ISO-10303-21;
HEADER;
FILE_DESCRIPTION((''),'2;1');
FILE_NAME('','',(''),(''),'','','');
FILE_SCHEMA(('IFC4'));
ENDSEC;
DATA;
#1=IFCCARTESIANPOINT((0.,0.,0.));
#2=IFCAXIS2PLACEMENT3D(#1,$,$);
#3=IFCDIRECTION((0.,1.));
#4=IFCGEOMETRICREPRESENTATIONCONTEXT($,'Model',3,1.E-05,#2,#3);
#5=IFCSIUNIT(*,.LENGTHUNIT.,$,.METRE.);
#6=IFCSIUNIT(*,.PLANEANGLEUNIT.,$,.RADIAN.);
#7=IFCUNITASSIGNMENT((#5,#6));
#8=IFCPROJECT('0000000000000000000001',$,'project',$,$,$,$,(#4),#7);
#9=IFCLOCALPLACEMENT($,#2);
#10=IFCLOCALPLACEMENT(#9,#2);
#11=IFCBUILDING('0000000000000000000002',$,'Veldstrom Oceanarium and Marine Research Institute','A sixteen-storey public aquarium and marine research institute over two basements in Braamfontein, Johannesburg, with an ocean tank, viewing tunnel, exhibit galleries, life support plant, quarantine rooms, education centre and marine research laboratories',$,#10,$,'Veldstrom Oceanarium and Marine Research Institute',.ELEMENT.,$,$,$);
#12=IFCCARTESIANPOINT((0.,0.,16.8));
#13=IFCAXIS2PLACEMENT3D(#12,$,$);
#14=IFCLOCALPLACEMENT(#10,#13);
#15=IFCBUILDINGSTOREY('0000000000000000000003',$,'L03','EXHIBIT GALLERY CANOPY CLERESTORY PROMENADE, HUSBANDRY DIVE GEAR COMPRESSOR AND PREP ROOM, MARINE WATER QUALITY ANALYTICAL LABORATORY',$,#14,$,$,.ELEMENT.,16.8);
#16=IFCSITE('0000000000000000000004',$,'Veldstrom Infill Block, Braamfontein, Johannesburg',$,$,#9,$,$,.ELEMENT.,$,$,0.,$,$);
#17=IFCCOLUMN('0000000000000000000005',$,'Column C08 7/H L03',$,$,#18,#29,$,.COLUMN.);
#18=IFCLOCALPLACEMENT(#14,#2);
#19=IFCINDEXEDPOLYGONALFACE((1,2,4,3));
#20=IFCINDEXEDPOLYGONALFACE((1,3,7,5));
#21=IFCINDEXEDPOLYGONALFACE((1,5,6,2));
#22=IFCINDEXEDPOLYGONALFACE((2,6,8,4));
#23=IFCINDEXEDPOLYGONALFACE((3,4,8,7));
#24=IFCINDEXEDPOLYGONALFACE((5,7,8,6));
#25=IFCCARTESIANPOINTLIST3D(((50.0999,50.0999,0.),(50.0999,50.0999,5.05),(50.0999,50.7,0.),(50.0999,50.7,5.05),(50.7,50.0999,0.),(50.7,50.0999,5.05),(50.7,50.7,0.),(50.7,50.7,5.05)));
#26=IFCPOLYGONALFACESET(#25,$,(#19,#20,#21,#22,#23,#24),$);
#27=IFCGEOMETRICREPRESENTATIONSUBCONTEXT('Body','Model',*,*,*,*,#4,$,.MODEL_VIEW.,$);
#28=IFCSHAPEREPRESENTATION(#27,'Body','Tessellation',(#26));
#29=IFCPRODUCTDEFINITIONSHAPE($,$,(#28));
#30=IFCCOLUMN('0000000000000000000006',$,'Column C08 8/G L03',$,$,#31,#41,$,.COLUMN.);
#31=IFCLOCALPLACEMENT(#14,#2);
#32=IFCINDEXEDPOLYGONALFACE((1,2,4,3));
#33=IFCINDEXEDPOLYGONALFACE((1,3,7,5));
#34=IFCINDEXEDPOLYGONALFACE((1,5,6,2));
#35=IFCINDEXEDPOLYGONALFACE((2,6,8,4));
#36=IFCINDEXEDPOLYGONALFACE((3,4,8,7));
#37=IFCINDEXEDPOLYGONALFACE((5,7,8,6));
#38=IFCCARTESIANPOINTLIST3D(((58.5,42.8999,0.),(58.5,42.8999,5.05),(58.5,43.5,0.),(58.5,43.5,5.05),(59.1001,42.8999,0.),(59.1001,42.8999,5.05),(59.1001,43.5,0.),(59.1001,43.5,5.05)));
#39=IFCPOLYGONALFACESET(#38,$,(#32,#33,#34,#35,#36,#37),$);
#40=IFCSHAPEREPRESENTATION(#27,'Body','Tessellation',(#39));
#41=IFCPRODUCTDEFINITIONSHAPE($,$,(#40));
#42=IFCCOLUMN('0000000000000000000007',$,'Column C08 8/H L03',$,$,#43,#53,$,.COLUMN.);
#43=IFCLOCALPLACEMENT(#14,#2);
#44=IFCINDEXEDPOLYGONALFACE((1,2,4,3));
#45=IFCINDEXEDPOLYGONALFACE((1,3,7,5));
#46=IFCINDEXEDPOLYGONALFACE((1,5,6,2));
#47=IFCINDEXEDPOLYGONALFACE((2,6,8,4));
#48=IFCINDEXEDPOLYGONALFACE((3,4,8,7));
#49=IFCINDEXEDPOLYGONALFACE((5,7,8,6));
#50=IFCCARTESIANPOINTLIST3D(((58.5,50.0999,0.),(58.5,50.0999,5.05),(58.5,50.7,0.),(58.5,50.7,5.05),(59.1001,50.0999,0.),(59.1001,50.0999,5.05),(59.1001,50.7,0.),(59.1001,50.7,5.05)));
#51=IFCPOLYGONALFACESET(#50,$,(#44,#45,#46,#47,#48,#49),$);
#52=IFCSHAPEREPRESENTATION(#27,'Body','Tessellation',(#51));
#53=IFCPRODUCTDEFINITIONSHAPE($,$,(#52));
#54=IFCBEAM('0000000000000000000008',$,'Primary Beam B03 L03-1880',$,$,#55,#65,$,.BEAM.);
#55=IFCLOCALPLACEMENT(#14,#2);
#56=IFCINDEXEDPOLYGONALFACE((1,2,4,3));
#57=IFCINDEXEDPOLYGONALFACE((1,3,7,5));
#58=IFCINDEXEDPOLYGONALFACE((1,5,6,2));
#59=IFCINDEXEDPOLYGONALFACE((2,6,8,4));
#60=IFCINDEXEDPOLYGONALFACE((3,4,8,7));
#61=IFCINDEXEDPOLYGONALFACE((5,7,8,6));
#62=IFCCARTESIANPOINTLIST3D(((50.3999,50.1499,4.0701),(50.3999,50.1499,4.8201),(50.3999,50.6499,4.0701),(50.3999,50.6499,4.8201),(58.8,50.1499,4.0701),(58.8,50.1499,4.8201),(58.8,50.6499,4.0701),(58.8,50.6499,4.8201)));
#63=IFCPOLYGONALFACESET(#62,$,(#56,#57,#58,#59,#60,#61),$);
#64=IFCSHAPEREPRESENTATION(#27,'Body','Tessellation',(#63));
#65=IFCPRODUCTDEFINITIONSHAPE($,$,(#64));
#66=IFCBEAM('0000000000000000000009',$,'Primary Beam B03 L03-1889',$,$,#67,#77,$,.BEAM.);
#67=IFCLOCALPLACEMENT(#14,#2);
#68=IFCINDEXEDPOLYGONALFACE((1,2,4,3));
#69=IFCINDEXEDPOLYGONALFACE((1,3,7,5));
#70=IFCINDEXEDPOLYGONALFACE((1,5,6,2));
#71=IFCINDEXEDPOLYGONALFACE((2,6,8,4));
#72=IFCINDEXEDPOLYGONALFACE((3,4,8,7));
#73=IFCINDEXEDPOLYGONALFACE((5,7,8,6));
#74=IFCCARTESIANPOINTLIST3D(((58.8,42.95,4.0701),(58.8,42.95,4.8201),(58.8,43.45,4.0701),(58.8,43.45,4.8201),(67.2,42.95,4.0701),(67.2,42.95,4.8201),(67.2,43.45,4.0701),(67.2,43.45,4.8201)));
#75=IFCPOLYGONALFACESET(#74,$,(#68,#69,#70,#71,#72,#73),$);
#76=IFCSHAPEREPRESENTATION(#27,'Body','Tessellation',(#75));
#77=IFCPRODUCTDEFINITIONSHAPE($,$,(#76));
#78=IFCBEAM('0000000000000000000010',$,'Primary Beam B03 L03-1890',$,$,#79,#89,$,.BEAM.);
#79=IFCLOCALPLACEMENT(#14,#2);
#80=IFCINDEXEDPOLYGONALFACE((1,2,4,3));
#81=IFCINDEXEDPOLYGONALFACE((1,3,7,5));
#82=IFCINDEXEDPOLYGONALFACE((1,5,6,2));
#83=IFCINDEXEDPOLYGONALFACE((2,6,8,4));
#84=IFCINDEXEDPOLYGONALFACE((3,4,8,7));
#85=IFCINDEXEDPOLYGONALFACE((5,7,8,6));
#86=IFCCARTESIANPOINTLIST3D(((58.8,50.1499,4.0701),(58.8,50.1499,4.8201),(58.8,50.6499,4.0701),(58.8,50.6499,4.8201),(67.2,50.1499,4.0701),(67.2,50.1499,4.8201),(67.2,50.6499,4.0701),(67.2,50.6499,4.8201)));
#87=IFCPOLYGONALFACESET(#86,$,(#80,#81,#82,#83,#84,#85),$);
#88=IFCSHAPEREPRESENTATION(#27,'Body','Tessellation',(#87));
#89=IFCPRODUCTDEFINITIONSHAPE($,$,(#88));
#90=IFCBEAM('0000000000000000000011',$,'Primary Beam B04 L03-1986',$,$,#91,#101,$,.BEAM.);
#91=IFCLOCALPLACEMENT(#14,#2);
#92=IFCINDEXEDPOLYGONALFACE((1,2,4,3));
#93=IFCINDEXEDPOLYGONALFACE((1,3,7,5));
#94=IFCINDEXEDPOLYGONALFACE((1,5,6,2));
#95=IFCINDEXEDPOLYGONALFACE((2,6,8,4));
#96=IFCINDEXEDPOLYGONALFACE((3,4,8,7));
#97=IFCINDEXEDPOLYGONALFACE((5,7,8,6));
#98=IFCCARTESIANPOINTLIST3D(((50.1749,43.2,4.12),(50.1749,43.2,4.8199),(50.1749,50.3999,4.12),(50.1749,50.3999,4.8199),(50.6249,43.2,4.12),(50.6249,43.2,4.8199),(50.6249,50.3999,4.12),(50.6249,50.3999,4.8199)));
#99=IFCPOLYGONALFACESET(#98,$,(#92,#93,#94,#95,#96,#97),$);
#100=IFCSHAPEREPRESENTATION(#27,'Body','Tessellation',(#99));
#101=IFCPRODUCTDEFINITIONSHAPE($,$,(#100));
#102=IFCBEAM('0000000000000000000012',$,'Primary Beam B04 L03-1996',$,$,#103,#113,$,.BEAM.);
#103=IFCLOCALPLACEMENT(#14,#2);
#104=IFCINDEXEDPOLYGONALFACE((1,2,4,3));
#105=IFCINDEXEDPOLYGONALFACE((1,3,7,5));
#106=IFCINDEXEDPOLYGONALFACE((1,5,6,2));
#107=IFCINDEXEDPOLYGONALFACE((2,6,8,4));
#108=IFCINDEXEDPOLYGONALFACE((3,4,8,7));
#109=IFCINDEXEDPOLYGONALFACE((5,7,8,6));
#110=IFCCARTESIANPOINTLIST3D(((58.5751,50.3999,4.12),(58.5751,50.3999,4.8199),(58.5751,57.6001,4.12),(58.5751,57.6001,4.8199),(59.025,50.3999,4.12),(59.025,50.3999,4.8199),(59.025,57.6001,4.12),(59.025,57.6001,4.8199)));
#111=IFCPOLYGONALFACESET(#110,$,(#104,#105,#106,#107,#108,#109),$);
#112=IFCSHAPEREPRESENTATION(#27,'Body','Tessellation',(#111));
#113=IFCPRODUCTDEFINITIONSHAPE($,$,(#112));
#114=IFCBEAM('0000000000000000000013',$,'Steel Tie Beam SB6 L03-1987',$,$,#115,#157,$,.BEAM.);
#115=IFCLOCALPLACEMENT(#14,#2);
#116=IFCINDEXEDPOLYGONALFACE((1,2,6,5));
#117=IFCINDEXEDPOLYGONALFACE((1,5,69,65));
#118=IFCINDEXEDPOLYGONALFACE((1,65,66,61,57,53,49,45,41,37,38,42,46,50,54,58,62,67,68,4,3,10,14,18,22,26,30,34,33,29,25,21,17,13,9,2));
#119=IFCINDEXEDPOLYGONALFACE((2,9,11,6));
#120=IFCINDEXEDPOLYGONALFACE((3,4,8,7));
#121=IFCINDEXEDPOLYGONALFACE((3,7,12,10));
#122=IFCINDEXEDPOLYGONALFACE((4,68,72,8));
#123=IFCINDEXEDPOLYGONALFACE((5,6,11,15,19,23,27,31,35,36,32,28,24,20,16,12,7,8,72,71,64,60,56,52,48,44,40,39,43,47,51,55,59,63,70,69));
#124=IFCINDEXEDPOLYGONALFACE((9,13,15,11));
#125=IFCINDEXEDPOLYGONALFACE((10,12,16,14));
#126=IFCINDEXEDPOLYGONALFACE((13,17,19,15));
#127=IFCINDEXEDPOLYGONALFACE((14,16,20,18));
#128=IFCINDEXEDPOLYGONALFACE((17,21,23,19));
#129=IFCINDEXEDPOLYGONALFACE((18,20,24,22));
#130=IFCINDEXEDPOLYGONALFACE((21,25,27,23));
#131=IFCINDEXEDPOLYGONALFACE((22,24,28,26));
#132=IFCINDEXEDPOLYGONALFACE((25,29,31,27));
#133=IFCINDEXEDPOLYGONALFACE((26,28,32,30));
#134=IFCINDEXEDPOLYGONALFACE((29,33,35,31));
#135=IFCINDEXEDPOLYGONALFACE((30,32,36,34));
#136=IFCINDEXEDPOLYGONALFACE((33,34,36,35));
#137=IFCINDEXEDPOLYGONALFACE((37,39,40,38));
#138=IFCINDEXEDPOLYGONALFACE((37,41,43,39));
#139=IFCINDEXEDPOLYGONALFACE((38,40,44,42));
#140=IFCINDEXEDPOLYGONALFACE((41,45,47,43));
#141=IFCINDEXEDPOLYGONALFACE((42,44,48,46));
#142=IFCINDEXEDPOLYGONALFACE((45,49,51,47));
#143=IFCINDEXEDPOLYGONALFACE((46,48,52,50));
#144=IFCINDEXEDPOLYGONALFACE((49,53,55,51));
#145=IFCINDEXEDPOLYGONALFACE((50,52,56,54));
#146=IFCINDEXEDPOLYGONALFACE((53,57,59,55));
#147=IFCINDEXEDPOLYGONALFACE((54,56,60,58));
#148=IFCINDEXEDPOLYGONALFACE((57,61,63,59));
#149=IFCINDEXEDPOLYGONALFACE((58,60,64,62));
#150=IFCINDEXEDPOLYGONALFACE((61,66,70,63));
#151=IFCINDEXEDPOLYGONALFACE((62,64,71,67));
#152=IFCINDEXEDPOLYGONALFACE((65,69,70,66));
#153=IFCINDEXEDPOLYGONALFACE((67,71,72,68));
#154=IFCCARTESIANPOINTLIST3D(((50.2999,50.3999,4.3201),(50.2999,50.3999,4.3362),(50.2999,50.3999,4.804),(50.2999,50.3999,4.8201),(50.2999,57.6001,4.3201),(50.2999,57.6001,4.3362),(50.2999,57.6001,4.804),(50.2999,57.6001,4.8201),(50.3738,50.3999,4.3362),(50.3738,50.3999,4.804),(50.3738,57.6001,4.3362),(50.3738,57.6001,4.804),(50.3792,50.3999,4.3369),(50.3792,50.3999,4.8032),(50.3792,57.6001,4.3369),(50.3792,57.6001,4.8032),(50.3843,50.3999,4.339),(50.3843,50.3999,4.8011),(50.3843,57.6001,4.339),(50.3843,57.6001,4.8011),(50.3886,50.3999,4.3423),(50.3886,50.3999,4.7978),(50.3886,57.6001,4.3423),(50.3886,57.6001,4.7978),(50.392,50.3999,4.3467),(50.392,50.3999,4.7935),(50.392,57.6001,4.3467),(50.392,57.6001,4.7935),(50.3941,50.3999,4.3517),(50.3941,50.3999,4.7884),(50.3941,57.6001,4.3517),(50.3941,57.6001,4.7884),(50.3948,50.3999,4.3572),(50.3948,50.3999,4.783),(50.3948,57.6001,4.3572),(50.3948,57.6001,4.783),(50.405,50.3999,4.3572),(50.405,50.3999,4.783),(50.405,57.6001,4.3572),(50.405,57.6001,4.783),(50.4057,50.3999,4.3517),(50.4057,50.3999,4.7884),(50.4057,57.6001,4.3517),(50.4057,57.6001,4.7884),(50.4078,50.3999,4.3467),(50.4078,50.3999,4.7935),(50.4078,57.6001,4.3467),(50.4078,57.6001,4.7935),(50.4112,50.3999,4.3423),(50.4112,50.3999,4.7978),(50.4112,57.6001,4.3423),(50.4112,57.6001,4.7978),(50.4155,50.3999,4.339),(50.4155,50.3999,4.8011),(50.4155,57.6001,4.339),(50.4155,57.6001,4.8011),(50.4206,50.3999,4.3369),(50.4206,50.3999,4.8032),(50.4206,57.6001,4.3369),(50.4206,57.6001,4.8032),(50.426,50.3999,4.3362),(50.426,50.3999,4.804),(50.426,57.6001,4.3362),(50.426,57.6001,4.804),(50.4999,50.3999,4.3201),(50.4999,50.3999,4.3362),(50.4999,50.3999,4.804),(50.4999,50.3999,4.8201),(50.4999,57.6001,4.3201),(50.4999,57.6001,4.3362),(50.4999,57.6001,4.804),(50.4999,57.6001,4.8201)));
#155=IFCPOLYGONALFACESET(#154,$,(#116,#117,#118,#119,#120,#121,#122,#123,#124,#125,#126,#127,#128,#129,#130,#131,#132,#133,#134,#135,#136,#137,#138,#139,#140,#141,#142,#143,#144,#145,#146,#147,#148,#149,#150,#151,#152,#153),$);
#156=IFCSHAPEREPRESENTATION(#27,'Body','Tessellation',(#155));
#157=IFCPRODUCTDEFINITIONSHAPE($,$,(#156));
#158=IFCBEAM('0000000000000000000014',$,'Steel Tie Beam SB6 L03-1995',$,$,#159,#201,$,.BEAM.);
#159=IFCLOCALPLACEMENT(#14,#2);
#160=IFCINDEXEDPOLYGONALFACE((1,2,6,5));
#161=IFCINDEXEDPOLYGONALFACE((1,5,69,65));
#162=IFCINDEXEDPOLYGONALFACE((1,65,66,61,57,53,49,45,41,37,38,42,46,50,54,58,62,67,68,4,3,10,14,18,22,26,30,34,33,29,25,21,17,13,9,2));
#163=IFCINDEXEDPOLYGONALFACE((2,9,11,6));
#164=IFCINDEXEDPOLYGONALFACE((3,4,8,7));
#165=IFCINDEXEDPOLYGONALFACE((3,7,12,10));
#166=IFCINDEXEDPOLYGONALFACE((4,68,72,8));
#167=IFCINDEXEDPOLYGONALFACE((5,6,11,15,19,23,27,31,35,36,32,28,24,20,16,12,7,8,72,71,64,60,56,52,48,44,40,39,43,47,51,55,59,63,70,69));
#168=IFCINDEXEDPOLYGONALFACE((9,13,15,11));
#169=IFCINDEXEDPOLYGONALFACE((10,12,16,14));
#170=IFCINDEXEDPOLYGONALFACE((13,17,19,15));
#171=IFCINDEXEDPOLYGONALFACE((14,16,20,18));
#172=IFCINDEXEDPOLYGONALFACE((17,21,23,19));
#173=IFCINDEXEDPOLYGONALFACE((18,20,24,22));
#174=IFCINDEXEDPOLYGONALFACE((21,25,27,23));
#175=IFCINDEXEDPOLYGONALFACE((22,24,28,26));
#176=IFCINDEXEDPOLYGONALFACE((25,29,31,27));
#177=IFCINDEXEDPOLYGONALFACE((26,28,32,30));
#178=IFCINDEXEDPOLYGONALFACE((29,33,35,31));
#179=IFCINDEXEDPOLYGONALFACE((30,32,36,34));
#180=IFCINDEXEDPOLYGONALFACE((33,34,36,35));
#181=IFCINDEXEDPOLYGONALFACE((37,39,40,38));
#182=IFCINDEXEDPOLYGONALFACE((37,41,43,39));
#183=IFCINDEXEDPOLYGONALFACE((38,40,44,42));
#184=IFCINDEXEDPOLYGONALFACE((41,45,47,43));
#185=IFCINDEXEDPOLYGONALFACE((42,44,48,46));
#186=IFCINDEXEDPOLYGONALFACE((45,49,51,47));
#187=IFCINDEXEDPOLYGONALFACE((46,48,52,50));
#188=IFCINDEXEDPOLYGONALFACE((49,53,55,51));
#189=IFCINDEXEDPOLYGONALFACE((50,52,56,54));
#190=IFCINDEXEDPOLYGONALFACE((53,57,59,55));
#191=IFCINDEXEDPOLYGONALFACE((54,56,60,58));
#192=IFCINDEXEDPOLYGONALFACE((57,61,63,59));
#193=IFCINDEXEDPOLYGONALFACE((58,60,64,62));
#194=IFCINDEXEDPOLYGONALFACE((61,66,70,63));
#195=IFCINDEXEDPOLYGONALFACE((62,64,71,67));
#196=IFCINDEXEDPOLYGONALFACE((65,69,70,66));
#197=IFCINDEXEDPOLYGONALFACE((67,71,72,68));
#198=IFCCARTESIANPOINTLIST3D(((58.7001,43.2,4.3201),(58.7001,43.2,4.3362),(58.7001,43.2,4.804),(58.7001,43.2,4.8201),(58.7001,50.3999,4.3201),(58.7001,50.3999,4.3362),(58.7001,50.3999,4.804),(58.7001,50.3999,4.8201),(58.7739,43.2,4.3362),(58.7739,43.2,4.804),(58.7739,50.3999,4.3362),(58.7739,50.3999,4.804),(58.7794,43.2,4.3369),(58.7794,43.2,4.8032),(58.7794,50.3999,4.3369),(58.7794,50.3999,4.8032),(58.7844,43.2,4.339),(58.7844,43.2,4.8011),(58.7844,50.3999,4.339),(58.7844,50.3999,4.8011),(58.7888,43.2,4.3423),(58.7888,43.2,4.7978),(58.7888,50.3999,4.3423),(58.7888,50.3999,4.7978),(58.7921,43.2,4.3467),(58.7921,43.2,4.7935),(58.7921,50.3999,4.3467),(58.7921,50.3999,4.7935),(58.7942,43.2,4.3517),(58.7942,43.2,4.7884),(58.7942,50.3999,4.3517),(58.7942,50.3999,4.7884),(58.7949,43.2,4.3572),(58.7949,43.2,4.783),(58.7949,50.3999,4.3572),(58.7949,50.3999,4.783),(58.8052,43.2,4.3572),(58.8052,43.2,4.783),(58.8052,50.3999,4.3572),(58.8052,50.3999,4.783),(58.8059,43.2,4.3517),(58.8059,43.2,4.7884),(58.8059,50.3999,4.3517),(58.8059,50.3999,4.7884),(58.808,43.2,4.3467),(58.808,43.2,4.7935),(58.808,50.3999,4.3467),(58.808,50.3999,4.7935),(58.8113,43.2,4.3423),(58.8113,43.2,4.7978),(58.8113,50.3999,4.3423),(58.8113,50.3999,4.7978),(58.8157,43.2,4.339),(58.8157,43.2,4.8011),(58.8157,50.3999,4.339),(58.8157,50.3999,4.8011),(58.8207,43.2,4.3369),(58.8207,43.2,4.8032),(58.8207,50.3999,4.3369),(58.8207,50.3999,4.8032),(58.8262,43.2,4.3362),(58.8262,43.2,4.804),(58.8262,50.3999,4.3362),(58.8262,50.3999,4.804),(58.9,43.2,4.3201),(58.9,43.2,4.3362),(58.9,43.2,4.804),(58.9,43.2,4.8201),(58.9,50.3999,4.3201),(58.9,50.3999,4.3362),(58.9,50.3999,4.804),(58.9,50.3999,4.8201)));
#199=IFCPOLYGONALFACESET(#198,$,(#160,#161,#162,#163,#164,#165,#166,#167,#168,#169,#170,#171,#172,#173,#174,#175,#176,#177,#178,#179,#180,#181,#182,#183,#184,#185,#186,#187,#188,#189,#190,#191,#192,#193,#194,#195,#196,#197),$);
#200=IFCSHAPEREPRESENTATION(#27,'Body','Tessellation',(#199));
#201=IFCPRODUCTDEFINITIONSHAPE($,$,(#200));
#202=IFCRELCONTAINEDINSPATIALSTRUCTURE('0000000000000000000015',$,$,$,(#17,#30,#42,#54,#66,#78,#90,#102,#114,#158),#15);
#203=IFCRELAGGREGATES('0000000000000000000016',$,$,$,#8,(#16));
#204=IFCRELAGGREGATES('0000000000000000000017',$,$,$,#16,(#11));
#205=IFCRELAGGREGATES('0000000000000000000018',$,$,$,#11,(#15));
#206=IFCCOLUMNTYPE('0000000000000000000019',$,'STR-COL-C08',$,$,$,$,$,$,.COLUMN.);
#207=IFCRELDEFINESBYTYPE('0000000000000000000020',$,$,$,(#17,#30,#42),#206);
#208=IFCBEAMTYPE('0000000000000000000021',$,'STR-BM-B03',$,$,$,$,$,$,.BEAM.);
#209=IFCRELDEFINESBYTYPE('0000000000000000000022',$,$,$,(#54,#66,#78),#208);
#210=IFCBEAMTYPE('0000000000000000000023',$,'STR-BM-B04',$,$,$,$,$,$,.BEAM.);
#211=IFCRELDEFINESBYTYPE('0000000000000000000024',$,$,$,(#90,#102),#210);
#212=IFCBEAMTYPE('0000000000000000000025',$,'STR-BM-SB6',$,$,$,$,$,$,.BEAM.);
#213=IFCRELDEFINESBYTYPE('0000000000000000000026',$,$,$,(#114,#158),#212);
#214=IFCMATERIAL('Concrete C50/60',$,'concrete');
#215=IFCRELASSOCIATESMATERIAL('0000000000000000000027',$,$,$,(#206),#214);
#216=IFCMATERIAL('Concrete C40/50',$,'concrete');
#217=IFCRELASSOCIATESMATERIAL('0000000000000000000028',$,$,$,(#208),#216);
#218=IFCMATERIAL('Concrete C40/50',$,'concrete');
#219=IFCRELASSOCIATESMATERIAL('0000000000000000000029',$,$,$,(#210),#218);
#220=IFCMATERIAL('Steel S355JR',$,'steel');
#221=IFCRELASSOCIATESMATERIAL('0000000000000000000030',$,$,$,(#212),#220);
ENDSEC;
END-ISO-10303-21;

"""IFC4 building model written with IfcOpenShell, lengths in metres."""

from ifc_helpers import new_model, si_unit, direction, frame, origin, origin_2d, place, context, subcontext, project, spatial, rectangle, i_section, extrude, material, material_profile, profile_set, type_object, element, save


model = new_model("IFC4")

# Units and contexts
model_context = context("Model", 3, precision=1e-05, world=origin(), true_north=direction((0.0, 1.0)))
body_context = subcontext(model_context, "Body", "Model", "MODEL_VIEW")
ifc_project = project(units=[si_unit("LENGTHUNIT", "METRE"), si_unit("PLANEANGLEUNIT", "RADIAN")], contexts=[model_context])

# Site, building, storey
site_placement = place(None, origin())
site = spatial("IfcSite", under=ifc_project, at=site_placement, Name="Veldstrom Infill Block, Braamfontein, Johannesburg", CompositionType="ELEMENT", RefElevation=0.0)
building_placement = place(site_placement, origin())
building = spatial("IfcBuilding", under=site, at=building_placement, Name="Veldstrom Oceanarium and Marine Research Institute", Description="A sixteen-storey public aquarium and marine research institute over two basements in Braamfontein, Johannesburg, with an ocean tank, viewing tunnel, exhibit galleries, life support plant, quarantine rooms, education centre and marine research laboratories", LongName="Veldstrom Oceanarium and Marine Research Institute", CompositionType="ELEMENT")
storey_placement = place(building_placement, frame((0.0, 0.0, 16.8)))
storey = spatial("IfcBuildingStorey", under=building, at=storey_placement, Name="L03", Description="EXHIBIT GALLERY CANOPY CLERESTORY PROMENADE, HUSBANDRY DIVE GEAR COMPRESSOR AND PREP ROOM, MARINE WATER QUALITY ANALYTICAL LABORATORY", CompositionType="ELEMENT", Elevation=16.8)

# Columns
ifc_material_1 = material(Name="Concrete C50/60", Category="concrete")
ifc_material_profile_1 = material_profile(ifc_material_1, rectangle(XDim=0.6001, YDim=0.6001, at=origin_2d()), Name="RC-COL-600x600")
ifc_profile_set_1 = profile_set([ifc_material_profile_1], Name="Concrete C50/60")
column_type = type_object("IfcColumnType", Name="STR-COL-C08", PredefinedType="COLUMN", material=ifc_profile_set_1)
for number, where, z_axis, x_axis, name in (
    (1, (50.3999, 50.3999, 0.0), (0.0, 0.0, 1.0), (1.0, 0.0, 0.0), "Column C08 7/H L03"),
    (2, (58.8, 43.2, 0.0), (0.0, 0.0, 1.0), (1.0, 0.0, 0.0), "Column C08 8/G L03"),
    (3, (58.8, 50.3999, 0.0), (0.0, 0.0, 1.0), (1.0, 0.0, 0.0), "Column C08 8/H L03"),
):
    element("IfcColumn", number, at=place(storey_placement, frame(where, z_axis=z_axis, x_axis=x_axis)), inside=storey, type_object=column_type, Name=name, PredefinedType="COLUMN", context=body_context, shape_type="SweptSolid", body=[
        extrude(rectangle(XDim=0.6001, YDim=0.6001, at=origin_2d()), origin(), (0.0, 0.0, 1.0), 5.05),
    ])

# Beams
ifc_material_2 = material(Name="Concrete C40/50", Category="concrete")
ifc_material_profile_2 = material_profile(ifc_material_2, rectangle(XDim=0.5, YDim=0.75, at=origin_2d()), Name="RC-BM-500x750")
ifc_profile_set_2 = profile_set([ifc_material_profile_2], Name="Concrete C40/50")
beam_type_1 = type_object("IfcBeamType", Name="STR-BM-B03", PredefinedType="BEAM", material=ifc_profile_set_2)
beam_1_placement = place(storey_placement, frame((50.3999, 50.3999, 4.4451), z_axis=(1.0, 0.0, 0.0), x_axis=(0.0, 1.0, 0.0)))
element("IfcBeam", 4, at=beam_1_placement, inside=storey, type_object=beam_type_1, Name="Primary Beam B03 L03-1880", PredefinedType="BEAM", context=body_context, shape_type="SweptSolid", body=[
    extrude(rectangle(XDim=0.5, YDim=0.75, at=origin_2d()), origin(), (0.0, 0.0, 1.0), 8.4001),
])
for number, where, z_axis, x_axis, name in (
    (5, (58.8, 43.2, 4.4451), (1.0, 0.0, 0.0), (0.0, 1.0, 0.0), "Primary Beam B03 L03-1889"),
    (6, (58.8, 50.3999, 4.4451), (1.0, 0.0, 0.0), (0.0, 1.0, 0.0), "Primary Beam B03 L03-1890"),
):
    element("IfcBeam", number, at=place(storey_placement, frame(where, z_axis=z_axis, x_axis=x_axis)), inside=storey, type_object=beam_type_1, Name=name, PredefinedType="BEAM", context=body_context, shape_type="SweptSolid", body=[
        extrude(rectangle(XDim=0.5, YDim=0.75, at=origin_2d()), origin(), (0.0, 0.0, 1.0), 8.3999),
    ])
ifc_material_3 = material(Name="Concrete C40/50", Category="concrete")
ifc_material_profile_3 = material_profile(ifc_material_3, rectangle(XDim=0.45, YDim=0.7, at=origin_2d()), Name="RC-BM-450x700")
ifc_profile_set_3 = profile_set([ifc_material_profile_3], Name="Concrete C40/50")
beam_type_2 = type_object("IfcBeamType", Name="STR-BM-B04", PredefinedType="BEAM", material=ifc_profile_set_3)
beam_2_placement = place(storey_placement, frame((50.3999, 43.2, 4.47), z_axis=(0.0, 1.0, 0.0), x_axis=(-1.0, 0.0, 0.0)))
element("IfcBeam", 7, at=beam_2_placement, inside=storey, type_object=beam_type_2, Name="Primary Beam B04 L03-1986", PredefinedType="BEAM", context=body_context, shape_type="SweptSolid", body=[
    extrude(rectangle(XDim=0.45, YDim=0.7, at=origin_2d()), origin(), (0.0, 0.0, 1.0), 7.2),
])
beam_3_placement = place(storey_placement, frame((58.8, 50.3999, 4.47), z_axis=(0.0, 1.0, 0.0), x_axis=(-1.0, 0.0, 0.0)))
element("IfcBeam", 8, at=beam_3_placement, inside=storey, type_object=beam_type_2, Name="Primary Beam B04 L03-1996", PredefinedType="BEAM", context=body_context, shape_type="SweptSolid", body=[
    extrude(rectangle(XDim=0.45, YDim=0.7, at=origin_2d()), origin(), (0.0, 0.0, 1.0), 7.2002),
])
ifc_material_4 = material(Name="Steel S355JR", Category="steel")
ifc_material_profile_4 = material_profile(ifc_material_4, i_section(OverallWidth=0.2, OverallDepth=0.5, WebThickness=0.0103, FlangeThickness=0.0161, FilletRadius=0.021, at=origin_2d()), Name="IPE 500")
ifc_profile_set_4 = profile_set([ifc_material_profile_4], Name="Steel S355JR")
beam_type_3 = type_object("IfcBeamType", Name="STR-BM-SB6", PredefinedType="BEAM", material=ifc_profile_set_4)
beam_4_placement = place(storey_placement, frame((50.3999, 50.3999, 4.5701), z_axis=(0.0, 1.0, 0.0), x_axis=(-1.0, 0.0, 0.0)))
element("IfcBeam", 9, at=beam_4_placement, inside=storey, type_object=beam_type_3, Name="Steel Tie Beam SB6 L03-1987", PredefinedType="BEAM", context=body_context, shape_type="SweptSolid", body=[
    extrude(i_section(OverallWidth=0.2, OverallDepth=0.5, WebThickness=0.0103, FlangeThickness=0.0161, FilletRadius=0.021, at=origin_2d()), origin(), (0.0, 0.0, 1.0), 7.2002),
])
beam_5_placement = place(storey_placement, frame((58.8, 43.2, 4.5701), z_axis=(0.0, 1.0, 0.0), x_axis=(-1.0, 0.0, 0.0)))
element("IfcBeam", 10, at=beam_5_placement, inside=storey, type_object=beam_type_3, Name="Steel Tie Beam SB6 L03-1995", PredefinedType="BEAM", context=body_context, shape_type="SweptSolid", body=[
    extrude(i_section(OverallWidth=0.2, OverallDepth=0.5, WebThickness=0.0103, FlangeThickness=0.0161, FilletRadius=0.021, at=origin_2d()), origin(), (0.0, 0.0, 1.0), 7.2),
])

save(model, "model.ifc")
